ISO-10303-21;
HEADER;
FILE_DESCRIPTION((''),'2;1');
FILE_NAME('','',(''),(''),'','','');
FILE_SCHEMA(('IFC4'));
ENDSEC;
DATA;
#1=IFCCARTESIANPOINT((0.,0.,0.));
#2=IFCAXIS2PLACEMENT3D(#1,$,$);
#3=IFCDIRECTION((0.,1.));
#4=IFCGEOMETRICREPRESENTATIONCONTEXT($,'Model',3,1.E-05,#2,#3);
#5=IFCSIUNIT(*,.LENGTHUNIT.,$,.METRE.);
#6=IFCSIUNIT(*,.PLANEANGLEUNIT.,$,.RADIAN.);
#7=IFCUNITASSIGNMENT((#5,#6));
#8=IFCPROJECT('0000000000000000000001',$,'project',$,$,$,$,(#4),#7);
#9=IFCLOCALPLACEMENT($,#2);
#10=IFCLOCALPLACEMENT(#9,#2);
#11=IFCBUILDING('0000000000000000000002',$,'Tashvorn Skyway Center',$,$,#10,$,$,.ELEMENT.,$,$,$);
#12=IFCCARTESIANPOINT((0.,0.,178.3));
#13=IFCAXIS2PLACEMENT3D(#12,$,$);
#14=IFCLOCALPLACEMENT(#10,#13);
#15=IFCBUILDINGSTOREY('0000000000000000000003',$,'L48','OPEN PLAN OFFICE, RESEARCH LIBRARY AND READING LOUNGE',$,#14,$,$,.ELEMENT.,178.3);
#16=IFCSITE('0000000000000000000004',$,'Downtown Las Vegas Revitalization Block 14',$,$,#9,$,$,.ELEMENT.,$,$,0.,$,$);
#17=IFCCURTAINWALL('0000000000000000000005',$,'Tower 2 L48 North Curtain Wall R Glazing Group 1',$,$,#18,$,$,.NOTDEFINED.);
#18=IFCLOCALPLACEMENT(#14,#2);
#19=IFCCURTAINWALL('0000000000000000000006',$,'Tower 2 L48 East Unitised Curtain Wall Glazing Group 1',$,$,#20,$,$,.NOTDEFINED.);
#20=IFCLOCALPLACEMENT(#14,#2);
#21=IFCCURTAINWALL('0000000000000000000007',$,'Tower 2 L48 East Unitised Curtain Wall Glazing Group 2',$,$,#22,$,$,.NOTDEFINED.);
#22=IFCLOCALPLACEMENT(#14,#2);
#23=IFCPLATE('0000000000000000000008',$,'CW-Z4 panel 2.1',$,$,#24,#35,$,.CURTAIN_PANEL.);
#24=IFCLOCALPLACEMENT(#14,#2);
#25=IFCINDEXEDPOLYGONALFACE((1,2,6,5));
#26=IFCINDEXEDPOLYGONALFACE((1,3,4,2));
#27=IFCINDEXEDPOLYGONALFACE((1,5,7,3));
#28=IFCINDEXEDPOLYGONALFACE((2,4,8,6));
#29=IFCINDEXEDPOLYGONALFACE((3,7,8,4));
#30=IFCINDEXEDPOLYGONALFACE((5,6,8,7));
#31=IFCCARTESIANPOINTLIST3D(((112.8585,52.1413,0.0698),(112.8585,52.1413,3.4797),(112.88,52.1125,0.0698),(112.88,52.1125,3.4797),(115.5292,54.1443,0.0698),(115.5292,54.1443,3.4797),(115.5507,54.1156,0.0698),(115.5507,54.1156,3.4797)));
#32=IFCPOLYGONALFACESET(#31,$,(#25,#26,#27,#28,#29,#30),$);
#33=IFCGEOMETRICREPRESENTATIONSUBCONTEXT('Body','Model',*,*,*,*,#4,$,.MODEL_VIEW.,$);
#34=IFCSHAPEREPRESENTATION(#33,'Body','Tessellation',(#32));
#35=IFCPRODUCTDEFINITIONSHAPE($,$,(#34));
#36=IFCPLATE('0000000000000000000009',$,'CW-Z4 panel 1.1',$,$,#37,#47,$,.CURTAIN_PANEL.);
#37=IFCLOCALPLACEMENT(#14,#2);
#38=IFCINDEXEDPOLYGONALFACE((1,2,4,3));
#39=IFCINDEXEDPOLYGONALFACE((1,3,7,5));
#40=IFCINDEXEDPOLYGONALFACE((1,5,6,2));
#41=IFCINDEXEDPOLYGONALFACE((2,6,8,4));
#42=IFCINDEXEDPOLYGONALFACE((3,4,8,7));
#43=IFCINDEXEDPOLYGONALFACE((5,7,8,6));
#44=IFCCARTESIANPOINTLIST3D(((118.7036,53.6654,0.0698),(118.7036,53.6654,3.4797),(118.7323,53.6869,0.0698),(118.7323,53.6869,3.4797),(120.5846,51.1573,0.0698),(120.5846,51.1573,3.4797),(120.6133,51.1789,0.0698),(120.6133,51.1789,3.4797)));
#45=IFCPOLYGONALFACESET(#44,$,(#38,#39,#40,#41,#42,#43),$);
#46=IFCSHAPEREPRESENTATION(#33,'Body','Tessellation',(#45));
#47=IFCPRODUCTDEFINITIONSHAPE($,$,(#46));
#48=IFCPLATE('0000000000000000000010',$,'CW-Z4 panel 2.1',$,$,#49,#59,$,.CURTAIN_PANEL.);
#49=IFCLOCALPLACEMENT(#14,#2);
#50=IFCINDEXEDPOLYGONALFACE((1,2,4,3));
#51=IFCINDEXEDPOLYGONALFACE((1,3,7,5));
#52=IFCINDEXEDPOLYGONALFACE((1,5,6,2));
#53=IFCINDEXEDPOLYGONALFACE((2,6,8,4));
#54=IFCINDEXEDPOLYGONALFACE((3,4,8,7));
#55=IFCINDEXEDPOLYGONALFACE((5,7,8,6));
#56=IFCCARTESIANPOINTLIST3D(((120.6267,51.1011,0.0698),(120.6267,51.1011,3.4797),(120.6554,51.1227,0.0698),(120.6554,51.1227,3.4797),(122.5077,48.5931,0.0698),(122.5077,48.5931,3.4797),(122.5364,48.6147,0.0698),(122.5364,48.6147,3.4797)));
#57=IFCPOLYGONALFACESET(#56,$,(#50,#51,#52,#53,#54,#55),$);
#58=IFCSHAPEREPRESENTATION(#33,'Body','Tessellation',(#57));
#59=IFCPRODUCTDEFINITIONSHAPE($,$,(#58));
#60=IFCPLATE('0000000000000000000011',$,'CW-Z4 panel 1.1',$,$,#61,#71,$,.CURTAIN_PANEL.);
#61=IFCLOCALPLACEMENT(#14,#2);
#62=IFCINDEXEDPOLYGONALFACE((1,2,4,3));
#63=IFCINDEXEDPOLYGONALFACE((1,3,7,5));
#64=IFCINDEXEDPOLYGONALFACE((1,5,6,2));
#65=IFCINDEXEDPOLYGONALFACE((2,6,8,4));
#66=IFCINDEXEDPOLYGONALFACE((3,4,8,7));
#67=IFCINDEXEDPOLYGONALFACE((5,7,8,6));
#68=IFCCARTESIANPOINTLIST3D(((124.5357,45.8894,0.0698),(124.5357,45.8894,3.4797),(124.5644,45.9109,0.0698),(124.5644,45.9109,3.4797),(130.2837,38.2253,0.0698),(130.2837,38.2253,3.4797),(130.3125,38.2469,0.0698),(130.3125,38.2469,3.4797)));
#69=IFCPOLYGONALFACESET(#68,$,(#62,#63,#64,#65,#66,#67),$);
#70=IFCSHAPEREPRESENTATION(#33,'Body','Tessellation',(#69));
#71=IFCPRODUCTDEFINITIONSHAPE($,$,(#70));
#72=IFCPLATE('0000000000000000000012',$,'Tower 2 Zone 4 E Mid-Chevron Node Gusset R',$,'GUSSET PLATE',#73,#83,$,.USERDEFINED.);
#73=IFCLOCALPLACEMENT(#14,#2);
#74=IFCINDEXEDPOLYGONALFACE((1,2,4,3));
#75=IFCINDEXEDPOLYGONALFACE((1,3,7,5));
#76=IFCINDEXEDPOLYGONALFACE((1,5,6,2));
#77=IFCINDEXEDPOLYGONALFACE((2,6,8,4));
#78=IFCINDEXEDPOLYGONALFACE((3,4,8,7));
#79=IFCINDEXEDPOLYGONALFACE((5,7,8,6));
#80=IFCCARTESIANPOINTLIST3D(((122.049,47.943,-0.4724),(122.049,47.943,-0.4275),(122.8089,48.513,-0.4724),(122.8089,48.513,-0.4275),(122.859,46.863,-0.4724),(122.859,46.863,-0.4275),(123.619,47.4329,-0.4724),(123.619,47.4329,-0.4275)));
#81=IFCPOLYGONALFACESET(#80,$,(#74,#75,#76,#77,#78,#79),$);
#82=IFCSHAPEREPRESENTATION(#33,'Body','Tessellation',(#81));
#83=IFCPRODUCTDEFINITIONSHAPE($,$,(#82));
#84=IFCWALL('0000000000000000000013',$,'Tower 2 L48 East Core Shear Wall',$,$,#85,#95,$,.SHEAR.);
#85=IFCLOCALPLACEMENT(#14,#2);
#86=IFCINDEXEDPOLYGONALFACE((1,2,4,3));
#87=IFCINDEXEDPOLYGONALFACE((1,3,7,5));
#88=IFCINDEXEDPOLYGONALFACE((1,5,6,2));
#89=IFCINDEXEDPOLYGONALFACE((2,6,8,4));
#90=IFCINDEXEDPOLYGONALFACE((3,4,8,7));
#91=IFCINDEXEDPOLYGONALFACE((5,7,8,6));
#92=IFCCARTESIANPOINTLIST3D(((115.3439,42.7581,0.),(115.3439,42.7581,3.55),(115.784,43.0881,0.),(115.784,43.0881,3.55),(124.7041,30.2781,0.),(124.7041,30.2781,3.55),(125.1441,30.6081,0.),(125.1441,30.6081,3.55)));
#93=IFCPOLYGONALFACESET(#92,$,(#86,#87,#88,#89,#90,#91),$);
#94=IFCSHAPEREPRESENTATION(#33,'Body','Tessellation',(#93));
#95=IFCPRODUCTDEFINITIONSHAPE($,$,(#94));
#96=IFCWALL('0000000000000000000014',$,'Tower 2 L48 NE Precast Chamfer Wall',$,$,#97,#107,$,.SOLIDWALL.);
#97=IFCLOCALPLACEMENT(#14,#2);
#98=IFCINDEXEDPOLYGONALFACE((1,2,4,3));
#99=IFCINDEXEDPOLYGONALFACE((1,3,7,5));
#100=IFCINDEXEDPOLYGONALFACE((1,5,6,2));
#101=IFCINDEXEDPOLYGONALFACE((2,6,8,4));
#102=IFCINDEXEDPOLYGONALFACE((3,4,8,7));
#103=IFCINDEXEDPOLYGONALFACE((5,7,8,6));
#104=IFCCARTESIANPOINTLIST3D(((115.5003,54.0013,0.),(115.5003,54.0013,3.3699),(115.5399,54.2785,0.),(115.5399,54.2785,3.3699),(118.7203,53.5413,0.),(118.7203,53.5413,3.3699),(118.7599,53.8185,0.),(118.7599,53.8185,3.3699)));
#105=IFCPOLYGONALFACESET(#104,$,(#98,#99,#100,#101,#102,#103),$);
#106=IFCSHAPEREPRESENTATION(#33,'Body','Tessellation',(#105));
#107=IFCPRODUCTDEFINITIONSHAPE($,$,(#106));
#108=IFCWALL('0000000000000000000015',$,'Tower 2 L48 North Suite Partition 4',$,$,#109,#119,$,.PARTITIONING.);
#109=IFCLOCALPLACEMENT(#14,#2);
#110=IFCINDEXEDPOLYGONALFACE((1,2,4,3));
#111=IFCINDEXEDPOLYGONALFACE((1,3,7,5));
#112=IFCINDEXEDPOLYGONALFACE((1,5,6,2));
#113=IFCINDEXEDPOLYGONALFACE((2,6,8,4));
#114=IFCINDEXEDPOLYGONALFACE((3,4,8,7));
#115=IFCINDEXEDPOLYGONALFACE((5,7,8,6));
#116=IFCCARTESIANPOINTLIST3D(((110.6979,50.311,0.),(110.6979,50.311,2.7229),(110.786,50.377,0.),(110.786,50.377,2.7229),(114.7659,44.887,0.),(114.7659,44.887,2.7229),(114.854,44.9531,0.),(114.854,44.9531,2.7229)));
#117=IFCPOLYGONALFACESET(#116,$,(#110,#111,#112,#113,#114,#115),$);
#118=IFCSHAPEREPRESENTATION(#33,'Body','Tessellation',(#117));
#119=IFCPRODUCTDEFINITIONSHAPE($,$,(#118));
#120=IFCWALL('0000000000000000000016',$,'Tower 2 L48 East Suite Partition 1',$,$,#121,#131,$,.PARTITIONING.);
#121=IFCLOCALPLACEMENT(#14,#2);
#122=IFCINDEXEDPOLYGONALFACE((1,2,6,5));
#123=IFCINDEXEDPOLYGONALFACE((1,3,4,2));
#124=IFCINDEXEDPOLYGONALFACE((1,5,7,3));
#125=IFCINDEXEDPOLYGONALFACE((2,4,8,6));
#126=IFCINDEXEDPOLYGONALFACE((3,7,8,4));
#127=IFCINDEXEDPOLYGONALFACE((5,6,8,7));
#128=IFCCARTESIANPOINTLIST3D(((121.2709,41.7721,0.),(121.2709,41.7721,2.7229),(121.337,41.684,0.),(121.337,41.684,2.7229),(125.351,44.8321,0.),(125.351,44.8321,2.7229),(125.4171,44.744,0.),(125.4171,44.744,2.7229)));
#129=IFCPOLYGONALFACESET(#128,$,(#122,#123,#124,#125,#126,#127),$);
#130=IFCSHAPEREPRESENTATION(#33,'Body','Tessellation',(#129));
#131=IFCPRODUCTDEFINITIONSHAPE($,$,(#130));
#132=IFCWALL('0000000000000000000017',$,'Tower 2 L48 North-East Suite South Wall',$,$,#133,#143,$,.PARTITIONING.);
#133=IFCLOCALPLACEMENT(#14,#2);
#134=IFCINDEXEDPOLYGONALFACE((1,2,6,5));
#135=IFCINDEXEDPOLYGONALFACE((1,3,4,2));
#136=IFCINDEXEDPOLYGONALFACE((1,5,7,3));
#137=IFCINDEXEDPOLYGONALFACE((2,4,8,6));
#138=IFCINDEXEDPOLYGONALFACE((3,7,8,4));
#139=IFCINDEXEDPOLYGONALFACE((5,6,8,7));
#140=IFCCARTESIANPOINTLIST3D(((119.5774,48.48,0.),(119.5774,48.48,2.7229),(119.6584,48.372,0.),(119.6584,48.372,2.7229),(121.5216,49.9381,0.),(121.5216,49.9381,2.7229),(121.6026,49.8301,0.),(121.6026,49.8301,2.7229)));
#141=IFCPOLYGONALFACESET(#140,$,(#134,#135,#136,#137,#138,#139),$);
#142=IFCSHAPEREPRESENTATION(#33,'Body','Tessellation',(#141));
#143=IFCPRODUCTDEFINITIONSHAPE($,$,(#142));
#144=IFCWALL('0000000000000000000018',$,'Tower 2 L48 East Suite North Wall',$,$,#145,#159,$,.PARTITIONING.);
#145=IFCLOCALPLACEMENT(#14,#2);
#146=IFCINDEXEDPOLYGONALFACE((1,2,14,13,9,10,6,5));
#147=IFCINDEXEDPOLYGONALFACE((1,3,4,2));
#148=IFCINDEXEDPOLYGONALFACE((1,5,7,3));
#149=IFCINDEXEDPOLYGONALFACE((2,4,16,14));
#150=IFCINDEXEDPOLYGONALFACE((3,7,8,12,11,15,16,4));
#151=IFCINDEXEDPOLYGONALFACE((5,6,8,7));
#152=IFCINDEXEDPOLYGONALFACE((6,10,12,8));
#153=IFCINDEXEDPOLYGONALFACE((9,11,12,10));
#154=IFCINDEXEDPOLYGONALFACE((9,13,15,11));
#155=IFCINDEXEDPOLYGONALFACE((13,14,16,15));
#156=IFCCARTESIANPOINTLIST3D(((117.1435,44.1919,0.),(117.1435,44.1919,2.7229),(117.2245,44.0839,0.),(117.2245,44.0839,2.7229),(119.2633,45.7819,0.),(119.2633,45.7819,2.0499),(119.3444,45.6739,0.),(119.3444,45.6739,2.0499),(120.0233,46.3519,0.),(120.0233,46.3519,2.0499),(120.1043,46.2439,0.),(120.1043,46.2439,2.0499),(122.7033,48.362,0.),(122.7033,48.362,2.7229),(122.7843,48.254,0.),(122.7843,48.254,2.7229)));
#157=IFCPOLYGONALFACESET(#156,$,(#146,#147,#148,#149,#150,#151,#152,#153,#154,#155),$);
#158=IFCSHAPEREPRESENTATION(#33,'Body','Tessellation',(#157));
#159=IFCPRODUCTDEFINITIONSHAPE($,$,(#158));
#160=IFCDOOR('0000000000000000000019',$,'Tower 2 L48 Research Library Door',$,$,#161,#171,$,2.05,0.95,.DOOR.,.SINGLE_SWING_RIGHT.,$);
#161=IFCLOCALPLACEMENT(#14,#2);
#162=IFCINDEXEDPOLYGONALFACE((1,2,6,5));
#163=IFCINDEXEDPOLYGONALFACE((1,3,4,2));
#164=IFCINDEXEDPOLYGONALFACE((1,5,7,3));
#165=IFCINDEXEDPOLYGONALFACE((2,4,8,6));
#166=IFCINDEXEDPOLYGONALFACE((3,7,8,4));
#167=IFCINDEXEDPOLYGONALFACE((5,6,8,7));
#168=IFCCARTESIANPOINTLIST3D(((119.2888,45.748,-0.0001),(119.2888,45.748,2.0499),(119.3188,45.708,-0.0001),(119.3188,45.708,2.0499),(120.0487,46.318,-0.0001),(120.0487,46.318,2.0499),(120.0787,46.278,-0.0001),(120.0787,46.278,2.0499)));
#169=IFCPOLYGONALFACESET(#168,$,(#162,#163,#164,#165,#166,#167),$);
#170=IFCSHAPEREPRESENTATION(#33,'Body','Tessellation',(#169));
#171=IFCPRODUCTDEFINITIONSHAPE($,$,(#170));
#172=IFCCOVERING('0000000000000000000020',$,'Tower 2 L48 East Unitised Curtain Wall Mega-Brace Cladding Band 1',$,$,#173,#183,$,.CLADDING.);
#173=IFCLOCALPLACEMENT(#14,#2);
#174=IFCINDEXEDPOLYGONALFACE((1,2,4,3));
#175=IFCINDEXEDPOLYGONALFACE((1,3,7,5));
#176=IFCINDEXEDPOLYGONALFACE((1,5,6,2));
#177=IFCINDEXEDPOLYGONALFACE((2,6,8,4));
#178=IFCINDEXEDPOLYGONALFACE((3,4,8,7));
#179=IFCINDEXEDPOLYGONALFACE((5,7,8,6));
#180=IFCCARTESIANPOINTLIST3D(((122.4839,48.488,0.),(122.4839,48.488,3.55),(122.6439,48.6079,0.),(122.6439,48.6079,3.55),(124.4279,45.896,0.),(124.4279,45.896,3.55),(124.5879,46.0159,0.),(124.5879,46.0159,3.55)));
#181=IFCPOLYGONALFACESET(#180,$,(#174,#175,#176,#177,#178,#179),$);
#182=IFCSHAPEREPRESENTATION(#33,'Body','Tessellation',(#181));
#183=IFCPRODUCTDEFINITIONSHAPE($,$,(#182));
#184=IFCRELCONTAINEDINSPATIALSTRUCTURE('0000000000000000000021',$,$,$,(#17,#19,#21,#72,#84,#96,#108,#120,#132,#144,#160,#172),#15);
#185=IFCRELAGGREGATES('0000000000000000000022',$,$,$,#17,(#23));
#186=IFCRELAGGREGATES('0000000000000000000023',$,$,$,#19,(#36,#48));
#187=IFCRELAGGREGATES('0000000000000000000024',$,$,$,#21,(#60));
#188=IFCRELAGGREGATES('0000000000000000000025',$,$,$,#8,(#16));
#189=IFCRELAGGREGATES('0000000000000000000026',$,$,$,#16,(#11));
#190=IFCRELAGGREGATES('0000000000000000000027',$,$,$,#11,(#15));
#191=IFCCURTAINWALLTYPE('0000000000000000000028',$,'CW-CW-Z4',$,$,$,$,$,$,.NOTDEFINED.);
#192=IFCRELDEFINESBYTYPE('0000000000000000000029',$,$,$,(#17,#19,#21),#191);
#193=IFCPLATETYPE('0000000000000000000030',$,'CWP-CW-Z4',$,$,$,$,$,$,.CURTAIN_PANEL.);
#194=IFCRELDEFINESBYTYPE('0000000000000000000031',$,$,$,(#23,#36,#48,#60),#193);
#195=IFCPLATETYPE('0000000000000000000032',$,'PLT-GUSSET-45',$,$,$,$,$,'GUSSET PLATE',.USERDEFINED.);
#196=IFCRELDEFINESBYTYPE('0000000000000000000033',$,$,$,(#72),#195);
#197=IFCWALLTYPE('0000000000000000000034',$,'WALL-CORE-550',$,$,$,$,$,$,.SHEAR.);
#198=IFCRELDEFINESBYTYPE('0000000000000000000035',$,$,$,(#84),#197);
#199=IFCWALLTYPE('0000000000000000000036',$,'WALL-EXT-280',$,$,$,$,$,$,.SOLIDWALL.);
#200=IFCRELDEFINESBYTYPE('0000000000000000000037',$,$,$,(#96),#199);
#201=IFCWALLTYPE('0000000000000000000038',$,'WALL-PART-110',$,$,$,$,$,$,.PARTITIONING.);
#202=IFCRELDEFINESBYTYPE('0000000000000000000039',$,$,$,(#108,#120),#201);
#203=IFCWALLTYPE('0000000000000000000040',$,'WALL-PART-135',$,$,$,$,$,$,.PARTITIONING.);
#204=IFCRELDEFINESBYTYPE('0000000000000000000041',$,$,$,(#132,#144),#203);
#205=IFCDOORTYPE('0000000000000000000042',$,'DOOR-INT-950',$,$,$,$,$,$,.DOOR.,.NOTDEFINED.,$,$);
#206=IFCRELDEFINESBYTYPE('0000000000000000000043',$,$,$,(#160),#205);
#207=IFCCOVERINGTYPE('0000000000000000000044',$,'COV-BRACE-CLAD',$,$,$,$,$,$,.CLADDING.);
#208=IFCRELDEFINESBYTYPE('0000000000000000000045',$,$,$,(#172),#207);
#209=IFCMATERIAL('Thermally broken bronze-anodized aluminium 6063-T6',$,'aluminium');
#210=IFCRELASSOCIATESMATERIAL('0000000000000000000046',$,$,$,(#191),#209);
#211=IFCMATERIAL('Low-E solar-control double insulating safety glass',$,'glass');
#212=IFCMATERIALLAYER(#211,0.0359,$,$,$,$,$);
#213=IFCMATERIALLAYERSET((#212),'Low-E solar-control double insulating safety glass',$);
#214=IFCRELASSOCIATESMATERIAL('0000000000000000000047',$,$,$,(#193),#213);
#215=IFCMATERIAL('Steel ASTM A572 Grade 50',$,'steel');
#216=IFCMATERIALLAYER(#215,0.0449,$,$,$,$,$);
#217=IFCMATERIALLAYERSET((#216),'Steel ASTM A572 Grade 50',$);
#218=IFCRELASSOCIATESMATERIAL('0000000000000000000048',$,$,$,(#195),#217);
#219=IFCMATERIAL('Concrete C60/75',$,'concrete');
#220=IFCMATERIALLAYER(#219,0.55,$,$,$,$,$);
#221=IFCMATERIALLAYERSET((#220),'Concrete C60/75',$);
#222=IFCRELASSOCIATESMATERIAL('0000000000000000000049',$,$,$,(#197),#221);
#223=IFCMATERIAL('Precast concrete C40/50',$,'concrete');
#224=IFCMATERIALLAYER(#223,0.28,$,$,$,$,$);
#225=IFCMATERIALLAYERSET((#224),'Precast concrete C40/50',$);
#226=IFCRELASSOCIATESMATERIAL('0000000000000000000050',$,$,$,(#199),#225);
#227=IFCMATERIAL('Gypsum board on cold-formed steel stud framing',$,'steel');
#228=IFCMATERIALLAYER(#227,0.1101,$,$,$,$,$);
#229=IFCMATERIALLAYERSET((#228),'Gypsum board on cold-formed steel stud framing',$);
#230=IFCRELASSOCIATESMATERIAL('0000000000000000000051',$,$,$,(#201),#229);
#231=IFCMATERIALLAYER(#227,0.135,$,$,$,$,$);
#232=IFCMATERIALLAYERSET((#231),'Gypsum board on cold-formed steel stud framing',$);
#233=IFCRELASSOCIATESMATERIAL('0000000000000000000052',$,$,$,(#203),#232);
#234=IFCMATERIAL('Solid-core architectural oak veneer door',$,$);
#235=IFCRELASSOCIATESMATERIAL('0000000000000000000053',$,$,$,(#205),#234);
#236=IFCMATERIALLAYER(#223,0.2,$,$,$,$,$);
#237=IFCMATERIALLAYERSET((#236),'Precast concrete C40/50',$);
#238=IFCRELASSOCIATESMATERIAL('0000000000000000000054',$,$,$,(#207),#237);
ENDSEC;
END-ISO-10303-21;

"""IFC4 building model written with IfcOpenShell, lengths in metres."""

from ifc_helpers import new_model, si_unit, direction, frame, frame_2d, origin, origin_2d, place, context, subcontext, project, spatial, rectangle, extrude, material, layer, layer_set, type_object, element, fill, aggregate, save


model = new_model("IFC4")

# Units and contexts
model_context = context("Model", 3, precision=1e-05, world=origin(), true_north=direction((0.0, 1.0)))
body_context = subcontext(model_context, "Body", "Model", "MODEL_VIEW")
ifc_project = project(units=[si_unit("LENGTHUNIT", "METRE"), si_unit("PLANEANGLEUNIT", "RADIAN")], contexts=[model_context])

# Site, building, storey
site_placement = place(None, origin())
site = spatial("IfcSite", under=ifc_project, at=site_placement, Name="Downtown Las Vegas Revitalization Block 14", CompositionType="ELEMENT", RefElevation=0.0)
building_placement = place(site_placement, origin())
building = spatial("IfcBuilding", under=site, at=building_placement, Name="Tashvorn Skyway Center", CompositionType="ELEMENT")
storey_placement = place(building_placement, frame((0.0, 0.0, 178.3)))
storey = spatial("IfcBuildingStorey", under=building, at=storey_placement, Name="L48", Description="OPEN PLAN OFFICE, RESEARCH LIBRARY AND READING LOUNGE", CompositionType="ELEMENT", Elevation=178.3)

# Shared definitions
ifc_material_1 = material(Name="Steel ASTM A572 Grade 50", Category="steel")

# Curtain wall
ifc_material_2 = material(Name="Thermally broken bronze-anodized aluminium 6063-T6", Category="aluminium")
curtain_wall_type = type_object("IfcCurtainWallType", Name="CW-CW-Z4", PredefinedType="NOTDEFINED", material=ifc_material_2)
curtain_wall_1_placement = place(storey_placement, origin())
curtain_wall_1 = element("IfcCurtainWall", 1, at=curtain_wall_1_placement, inside=storey, type_object=curtain_wall_type, Name="Tower 2 L48 North Curtain Wall R Glazing Group 1", PredefinedType="NOTDEFINED")

# Curtain wall
curtain_wall_2_placement = place(storey_placement, origin())
curtain_wall_2 = element("IfcCurtainWall", 2, at=curtain_wall_2_placement, inside=storey, type_object=curtain_wall_type, Name="Tower 2 L48 East Unitised Curtain Wall Glazing Group 1", PredefinedType="NOTDEFINED")

# Curtain wall
curtain_wall_3_placement = place(storey_placement, origin())
curtain_wall_3 = element("IfcCurtainWall", 3, at=curtain_wall_3_placement, inside=storey, type_object=curtain_wall_type, Name="Tower 2 L48 East Unitised Curtain Wall Glazing Group 2", PredefinedType="NOTDEFINED")

# Plates
ifc_material_3 = material(Name="Low-E solar-control double insulating safety glass", Category="glass")
ifc_layer_1 = layer(ifc_material_3, 0.0359)
ifc_layer_set_1 = layer_set([ifc_layer_1], Name="Low-E solar-control double insulating safety glass")
plate_type_1 = type_object("IfcPlateType", Name="CWP-CW-Z4", PredefinedType="CURTAIN_PANEL", material=ifc_layer_set_1)
plate_1_placement = place(storey_placement, frame((114.2046, 53.1284, 0.0698), z_axis=(0.0, 0.0, 1.0), x_axis=(0.799998, 0.600002, 0.0)))
plate_1 = element("IfcPlate", 4, at=plate_1_placement, type_object=plate_type_1, Name="CW-Z4 panel 2.1", PredefinedType="CURTAIN_PANEL", context=body_context, shape_type="SweptSolid", body=[
    extrude(rectangle(XDim=3.3384, YDim=0.0359, at=origin_2d()), origin(), (0.0, 0.0, 1.0), 3.4099),
])
aggregate(curtain_wall_1, [plate_1])
plate_2_placement = place(storey_placement, frame((119.6584, 52.4221, 0.0698), z_axis=(0.0, 0.0, 1.0), x_axis=(0.6, -0.8, 0.0)))
plate_2 = element("IfcPlate", 5, at=plate_2_placement, type_object=plate_type_1, Name="CW-Z4 panel 1.1", PredefinedType="CURTAIN_PANEL", context=body_context, shape_type="SweptSolid", body=[
    extrude(rectangle(XDim=3.135, YDim=0.0359, at=origin_2d()), origin(), (0.0, 0.0, 1.0), 3.4099),
])
plate_3_placement = place(storey_placement, frame((121.5815, 49.8579, 0.0698), z_axis=(0.0, 0.0, 1.0), x_axis=(0.6, -0.8, 0.0)))
plate_3 = element("IfcPlate", 6, at=plate_3_placement, type_object=plate_type_1, Name="CW-Z4 panel 2.1", PredefinedType="CURTAIN_PANEL", context=body_context, shape_type="SweptSolid", body=[
    extrude(rectangle(XDim=3.135, YDim=0.0359, at=origin_2d()), origin(), (0.0, 0.0, 1.0), 3.4099),
])
aggregate(curtain_wall_2, [plate_2, plate_3])
plate_4_placement = place(storey_placement, frame((127.4241, 42.0681, 0.0698), z_axis=(0.0, 0.0, 1.0), x_axis=(0.6, -0.8, 0.0)))
plate_4 = element("IfcPlate", 7, at=plate_4_placement, type_object=plate_type_1, Name="CW-Z4 panel 1.1", PredefinedType="CURTAIN_PANEL", context=body_context, shape_type="SweptSolid", body=[
    extrude(rectangle(XDim=9.5801, YDim=0.0359, at=origin_2d()), origin(), (0.0, 0.0, 1.0), 3.4099),
])
aggregate(curtain_wall_3, [plate_4])
ifc_layer_2 = layer(ifc_material_1, 0.0449)
ifc_layer_set_2 = layer_set([ifc_layer_2], Name="Steel ASTM A572 Grade 50")
plate_type_2 = type_object("IfcPlateType", Name="PLT-GUSSET-45", ElementType="GUSSET PLATE", PredefinedType="USERDEFINED", material=ifc_layer_set_2)
plate_5_placement = place(storey_placement, frame((122.834, 47.688, -0.4724), z_axis=(0.0, 0.0, 1.0), x_axis=(-0.6, 0.8, 0.0)))
element("IfcPlate", 8, at=plate_5_placement, inside=storey, type_object=plate_type_2, Name="Tower 2 Zone 4 E Mid-Chevron Node Gusset R", ObjectType="GUSSET PLATE", PredefinedType="USERDEFINED", context=body_context, shape_type="SweptSolid", body=[
    extrude(rectangle(XDim=1.3501, YDim=0.95, at=origin_2d()), origin(), (0.0, 0.0, 1.0), 0.0449),
])

# Walls
ifc_material_4 = material(Name="Concrete C60/75", Category="concrete")
ifc_layer_3 = layer(ifc_material_4, 0.55)
ifc_layer_set_3 = layer_set([ifc_layer_3], Name="Concrete C60/75")
wall_type_1 = type_object("IfcWallType", Name="WALL-CORE-550", PredefinedType="SHEAR", material=ifc_layer_set_3)
wall_1_placement = place(storey_placement, frame((115.564, 42.9231, 0.0), z_axis=(0.0, 0.0, 1.0), x_axis=(0.600005, -0.799996, 0.0)))
element("IfcWall", 9, at=wall_1_placement, inside=storey, type_object=wall_type_1, Name="Tower 2 L48 East Core Shear Wall", PredefinedType="SHEAR", context=body_context, shape_type="SweptSolid", body=[
    extrude(rectangle(XDim=15.6001, YDim=0.55, at=frame_2d((7.8, 0.0))), origin(), (0.0, 0.0, 1.0), 3.55),
])
ifc_material_5 = material(Name="Precast concrete C40/50", Category="concrete")
ifc_layer_4 = layer(ifc_material_5, 0.28)
ifc_layer_set_4 = layer_set([ifc_layer_4], Name="Precast concrete C40/50")
wall_type_2 = type_object("IfcWallType", Name="WALL-EXT-280", PredefinedType="SOLIDWALL", material=ifc_layer_set_4)
wall_2_placement = place(storey_placement, frame((115.52, 54.1399, 0.0), z_axis=(0.0, 0.0, 1.0), x_axis=(0.989951, -0.141411, 0.0)))
element("IfcWall", 10, at=wall_2_placement, inside=storey, type_object=wall_type_2, Name="Tower 2 L48 NE Precast Chamfer Wall", PredefinedType="SOLIDWALL", context=body_context, shape_type="SweptSolid", body=[
    extrude(rectangle(XDim=3.2527, YDim=0.28, at=frame_2d((1.6265, 0.0))), origin(), (0.0, 0.0, 1.0), 3.3699),
])
ifc_material_6 = material(Name="Gypsum board on cold-formed steel stud framing", Category="steel")
ifc_layer_5 = layer(ifc_material_6, 0.1101)
ifc_layer_set_5 = layer_set([ifc_layer_5], Name="Gypsum board on cold-formed steel stud framing")
wall_type_3 = type_object("IfcWallType", Name="WALL-PART-110", PredefinedType="PARTITIONING", material=ifc_layer_set_5)
wall_3_placement = place(storey_placement, frame((114.8101, 44.9199, 0.0), z_axis=(0.0, 0.0, 1.0), x_axis=(-0.600006, 0.799996, 0.0)))
element("IfcWall", 11, at=wall_3_placement, inside=storey, type_object=wall_type_3, Name="Tower 2 L48 North Suite Partition 4", PredefinedType="PARTITIONING", context=body_context, shape_type="SweptSolid", body=[
    extrude(rectangle(XDim=6.78, YDim=0.1101, at=frame_2d((3.3901, 0.0))), origin(), (0.0, 0.0, 1.0), 2.7229),
])
wall_4_placement = place(storey_placement, frame((125.384, 44.7881, 0.0), z_axis=(0.0, 0.0, 1.0), x_axis=(-0.8, -0.6, 0.0)))
element("IfcWall", 12, at=wall_4_placement, inside=storey, type_object=wall_type_3, Name="Tower 2 L48 East Suite Partition 1", PredefinedType="PARTITIONING", context=body_context, shape_type="SweptSolid", body=[
    extrude(rectangle(XDim=5.1001, YDim=0.1101, at=frame_2d((2.55, 0.0))), origin(), (0.0, 0.0, 1.0), 2.7229),
])
ifc_layer_6 = layer(ifc_material_6, 0.135)
ifc_layer_set_6 = layer_set([ifc_layer_6], Name="Gypsum board on cold-formed steel stud framing")
wall_type_4 = type_object("IfcWallType", Name="WALL-PART-135", PredefinedType="PARTITIONING", material=ifc_layer_set_6)
wall_5_placement = place(storey_placement, frame((119.6179, 48.426, 0.0), z_axis=(0.0, 0.0, 1.0), x_axis=(0.800012, 0.599984, 0.0)))
element("IfcWall", 13, at=wall_5_placement, inside=storey, type_object=wall_type_4, Name="Tower 2 L48 North-East Suite South Wall", PredefinedType="PARTITIONING", context=body_context, shape_type="SweptSolid", body=[
    extrude(rectangle(XDim=2.4302, YDim=0.135, at=frame_2d((1.2151, 0.0))), origin(), (0.0, 0.0, 1.0), 2.7229),
])

# Wall, opening, door
wall_6_placement = place(storey_placement, frame((122.7439, 48.3081, 0.0), z_axis=(0.0, 0.0, 1.0), x_axis=(-0.799979, -0.600028, 0.0)))
wall_6 = element("IfcWall", 14, at=wall_6_placement, inside=storey, type_object=wall_type_4, Name="Tower 2 L48 East Suite North Wall", PredefinedType="PARTITIONING", context=body_context, shape_type="SweptSolid", body=[
    extrude(rectangle(XDim=6.95, YDim=0.135, at=frame_2d((3.4751, 0.0))), origin(), (0.0, 0.0, 1.0), 2.7229),
])
opening_placement = place(wall_6_placement, frame((3.3501, 0.0, 0.0)))
opening = element("IfcOpeningElement", 15, at=opening_placement, cuts=wall_6, PredefinedType="OPENING", context=body_context, shape_type="SweptSolid", body=[
    extrude(rectangle(XDim=0.95, YDim=2.05, at=frame_2d((0.4751, 1.0249))), frame((0.0, 0.0774, 0.0), z_axis=(0.0, -1.0, 0.0), x_axis=(1.0, 0.0, 0.0)), (0.0, 0.0, 1.0), 0.155),
])
ifc_material_7 = material(Name="Solid-core architectural oak veneer door")
door_type = type_object("IfcDoorType", Name="DOOR-INT-950", OperationType="NOTDEFINED", PredefinedType="DOOR", material=ifc_material_7)
door_placement = place(opening_placement, origin())
door = element("IfcDoor", 16, at=door_placement, inside=storey, type_object=door_type, Name="Tower 2 L48 Research Library Door", OperationType="SINGLE_SWING_RIGHT", OverallHeight=2.05, OverallWidth=0.95, PredefinedType="DOOR", context=body_context, shape_type="SweptSolid", body=[
    extrude(rectangle(XDim=0.95, YDim=2.05, at=frame_2d((0.4751, 1.0249))), frame((0.0, 0.0249, 0.0), z_axis=(0.0, -1.0, 0.0), x_axis=(1.0, 0.0, 0.0)), (0.0, 0.0, 1.0), 0.05),
])
fill(opening, door)

# Covering
ifc_layer_7 = layer(ifc_material_5, 0.2)
ifc_layer_set_7 = layer_set([ifc_layer_7], Name="Precast concrete C40/50")
covering_type_1 = type_object("IfcCoveringType", Name="COV-BRACE-CLAD", PredefinedType="CLADDING", material=ifc_layer_set_7)
covering_1_placement = place(storey_placement, frame((123.5359, 47.252, 0.0), z_axis=(0.0, 0.0, 1.0), x_axis=(0.6, -0.8, 0.0)))
element("IfcCovering", 17, at=covering_1_placement, inside=storey, type_object=covering_type_1, Name="Tower 2 L48 East Unitised Curtain Wall Mega-Brace Cladding Band 1", PredefinedType="CLADDING", context=body_context, shape_type="SweptSolid", body=[
    extrude(rectangle(XDim=3.24, YDim=0.2, at=origin_2d()), origin(), (0.0, 0.0, 1.0), 3.55),
])

save(model, "model.ifc")
